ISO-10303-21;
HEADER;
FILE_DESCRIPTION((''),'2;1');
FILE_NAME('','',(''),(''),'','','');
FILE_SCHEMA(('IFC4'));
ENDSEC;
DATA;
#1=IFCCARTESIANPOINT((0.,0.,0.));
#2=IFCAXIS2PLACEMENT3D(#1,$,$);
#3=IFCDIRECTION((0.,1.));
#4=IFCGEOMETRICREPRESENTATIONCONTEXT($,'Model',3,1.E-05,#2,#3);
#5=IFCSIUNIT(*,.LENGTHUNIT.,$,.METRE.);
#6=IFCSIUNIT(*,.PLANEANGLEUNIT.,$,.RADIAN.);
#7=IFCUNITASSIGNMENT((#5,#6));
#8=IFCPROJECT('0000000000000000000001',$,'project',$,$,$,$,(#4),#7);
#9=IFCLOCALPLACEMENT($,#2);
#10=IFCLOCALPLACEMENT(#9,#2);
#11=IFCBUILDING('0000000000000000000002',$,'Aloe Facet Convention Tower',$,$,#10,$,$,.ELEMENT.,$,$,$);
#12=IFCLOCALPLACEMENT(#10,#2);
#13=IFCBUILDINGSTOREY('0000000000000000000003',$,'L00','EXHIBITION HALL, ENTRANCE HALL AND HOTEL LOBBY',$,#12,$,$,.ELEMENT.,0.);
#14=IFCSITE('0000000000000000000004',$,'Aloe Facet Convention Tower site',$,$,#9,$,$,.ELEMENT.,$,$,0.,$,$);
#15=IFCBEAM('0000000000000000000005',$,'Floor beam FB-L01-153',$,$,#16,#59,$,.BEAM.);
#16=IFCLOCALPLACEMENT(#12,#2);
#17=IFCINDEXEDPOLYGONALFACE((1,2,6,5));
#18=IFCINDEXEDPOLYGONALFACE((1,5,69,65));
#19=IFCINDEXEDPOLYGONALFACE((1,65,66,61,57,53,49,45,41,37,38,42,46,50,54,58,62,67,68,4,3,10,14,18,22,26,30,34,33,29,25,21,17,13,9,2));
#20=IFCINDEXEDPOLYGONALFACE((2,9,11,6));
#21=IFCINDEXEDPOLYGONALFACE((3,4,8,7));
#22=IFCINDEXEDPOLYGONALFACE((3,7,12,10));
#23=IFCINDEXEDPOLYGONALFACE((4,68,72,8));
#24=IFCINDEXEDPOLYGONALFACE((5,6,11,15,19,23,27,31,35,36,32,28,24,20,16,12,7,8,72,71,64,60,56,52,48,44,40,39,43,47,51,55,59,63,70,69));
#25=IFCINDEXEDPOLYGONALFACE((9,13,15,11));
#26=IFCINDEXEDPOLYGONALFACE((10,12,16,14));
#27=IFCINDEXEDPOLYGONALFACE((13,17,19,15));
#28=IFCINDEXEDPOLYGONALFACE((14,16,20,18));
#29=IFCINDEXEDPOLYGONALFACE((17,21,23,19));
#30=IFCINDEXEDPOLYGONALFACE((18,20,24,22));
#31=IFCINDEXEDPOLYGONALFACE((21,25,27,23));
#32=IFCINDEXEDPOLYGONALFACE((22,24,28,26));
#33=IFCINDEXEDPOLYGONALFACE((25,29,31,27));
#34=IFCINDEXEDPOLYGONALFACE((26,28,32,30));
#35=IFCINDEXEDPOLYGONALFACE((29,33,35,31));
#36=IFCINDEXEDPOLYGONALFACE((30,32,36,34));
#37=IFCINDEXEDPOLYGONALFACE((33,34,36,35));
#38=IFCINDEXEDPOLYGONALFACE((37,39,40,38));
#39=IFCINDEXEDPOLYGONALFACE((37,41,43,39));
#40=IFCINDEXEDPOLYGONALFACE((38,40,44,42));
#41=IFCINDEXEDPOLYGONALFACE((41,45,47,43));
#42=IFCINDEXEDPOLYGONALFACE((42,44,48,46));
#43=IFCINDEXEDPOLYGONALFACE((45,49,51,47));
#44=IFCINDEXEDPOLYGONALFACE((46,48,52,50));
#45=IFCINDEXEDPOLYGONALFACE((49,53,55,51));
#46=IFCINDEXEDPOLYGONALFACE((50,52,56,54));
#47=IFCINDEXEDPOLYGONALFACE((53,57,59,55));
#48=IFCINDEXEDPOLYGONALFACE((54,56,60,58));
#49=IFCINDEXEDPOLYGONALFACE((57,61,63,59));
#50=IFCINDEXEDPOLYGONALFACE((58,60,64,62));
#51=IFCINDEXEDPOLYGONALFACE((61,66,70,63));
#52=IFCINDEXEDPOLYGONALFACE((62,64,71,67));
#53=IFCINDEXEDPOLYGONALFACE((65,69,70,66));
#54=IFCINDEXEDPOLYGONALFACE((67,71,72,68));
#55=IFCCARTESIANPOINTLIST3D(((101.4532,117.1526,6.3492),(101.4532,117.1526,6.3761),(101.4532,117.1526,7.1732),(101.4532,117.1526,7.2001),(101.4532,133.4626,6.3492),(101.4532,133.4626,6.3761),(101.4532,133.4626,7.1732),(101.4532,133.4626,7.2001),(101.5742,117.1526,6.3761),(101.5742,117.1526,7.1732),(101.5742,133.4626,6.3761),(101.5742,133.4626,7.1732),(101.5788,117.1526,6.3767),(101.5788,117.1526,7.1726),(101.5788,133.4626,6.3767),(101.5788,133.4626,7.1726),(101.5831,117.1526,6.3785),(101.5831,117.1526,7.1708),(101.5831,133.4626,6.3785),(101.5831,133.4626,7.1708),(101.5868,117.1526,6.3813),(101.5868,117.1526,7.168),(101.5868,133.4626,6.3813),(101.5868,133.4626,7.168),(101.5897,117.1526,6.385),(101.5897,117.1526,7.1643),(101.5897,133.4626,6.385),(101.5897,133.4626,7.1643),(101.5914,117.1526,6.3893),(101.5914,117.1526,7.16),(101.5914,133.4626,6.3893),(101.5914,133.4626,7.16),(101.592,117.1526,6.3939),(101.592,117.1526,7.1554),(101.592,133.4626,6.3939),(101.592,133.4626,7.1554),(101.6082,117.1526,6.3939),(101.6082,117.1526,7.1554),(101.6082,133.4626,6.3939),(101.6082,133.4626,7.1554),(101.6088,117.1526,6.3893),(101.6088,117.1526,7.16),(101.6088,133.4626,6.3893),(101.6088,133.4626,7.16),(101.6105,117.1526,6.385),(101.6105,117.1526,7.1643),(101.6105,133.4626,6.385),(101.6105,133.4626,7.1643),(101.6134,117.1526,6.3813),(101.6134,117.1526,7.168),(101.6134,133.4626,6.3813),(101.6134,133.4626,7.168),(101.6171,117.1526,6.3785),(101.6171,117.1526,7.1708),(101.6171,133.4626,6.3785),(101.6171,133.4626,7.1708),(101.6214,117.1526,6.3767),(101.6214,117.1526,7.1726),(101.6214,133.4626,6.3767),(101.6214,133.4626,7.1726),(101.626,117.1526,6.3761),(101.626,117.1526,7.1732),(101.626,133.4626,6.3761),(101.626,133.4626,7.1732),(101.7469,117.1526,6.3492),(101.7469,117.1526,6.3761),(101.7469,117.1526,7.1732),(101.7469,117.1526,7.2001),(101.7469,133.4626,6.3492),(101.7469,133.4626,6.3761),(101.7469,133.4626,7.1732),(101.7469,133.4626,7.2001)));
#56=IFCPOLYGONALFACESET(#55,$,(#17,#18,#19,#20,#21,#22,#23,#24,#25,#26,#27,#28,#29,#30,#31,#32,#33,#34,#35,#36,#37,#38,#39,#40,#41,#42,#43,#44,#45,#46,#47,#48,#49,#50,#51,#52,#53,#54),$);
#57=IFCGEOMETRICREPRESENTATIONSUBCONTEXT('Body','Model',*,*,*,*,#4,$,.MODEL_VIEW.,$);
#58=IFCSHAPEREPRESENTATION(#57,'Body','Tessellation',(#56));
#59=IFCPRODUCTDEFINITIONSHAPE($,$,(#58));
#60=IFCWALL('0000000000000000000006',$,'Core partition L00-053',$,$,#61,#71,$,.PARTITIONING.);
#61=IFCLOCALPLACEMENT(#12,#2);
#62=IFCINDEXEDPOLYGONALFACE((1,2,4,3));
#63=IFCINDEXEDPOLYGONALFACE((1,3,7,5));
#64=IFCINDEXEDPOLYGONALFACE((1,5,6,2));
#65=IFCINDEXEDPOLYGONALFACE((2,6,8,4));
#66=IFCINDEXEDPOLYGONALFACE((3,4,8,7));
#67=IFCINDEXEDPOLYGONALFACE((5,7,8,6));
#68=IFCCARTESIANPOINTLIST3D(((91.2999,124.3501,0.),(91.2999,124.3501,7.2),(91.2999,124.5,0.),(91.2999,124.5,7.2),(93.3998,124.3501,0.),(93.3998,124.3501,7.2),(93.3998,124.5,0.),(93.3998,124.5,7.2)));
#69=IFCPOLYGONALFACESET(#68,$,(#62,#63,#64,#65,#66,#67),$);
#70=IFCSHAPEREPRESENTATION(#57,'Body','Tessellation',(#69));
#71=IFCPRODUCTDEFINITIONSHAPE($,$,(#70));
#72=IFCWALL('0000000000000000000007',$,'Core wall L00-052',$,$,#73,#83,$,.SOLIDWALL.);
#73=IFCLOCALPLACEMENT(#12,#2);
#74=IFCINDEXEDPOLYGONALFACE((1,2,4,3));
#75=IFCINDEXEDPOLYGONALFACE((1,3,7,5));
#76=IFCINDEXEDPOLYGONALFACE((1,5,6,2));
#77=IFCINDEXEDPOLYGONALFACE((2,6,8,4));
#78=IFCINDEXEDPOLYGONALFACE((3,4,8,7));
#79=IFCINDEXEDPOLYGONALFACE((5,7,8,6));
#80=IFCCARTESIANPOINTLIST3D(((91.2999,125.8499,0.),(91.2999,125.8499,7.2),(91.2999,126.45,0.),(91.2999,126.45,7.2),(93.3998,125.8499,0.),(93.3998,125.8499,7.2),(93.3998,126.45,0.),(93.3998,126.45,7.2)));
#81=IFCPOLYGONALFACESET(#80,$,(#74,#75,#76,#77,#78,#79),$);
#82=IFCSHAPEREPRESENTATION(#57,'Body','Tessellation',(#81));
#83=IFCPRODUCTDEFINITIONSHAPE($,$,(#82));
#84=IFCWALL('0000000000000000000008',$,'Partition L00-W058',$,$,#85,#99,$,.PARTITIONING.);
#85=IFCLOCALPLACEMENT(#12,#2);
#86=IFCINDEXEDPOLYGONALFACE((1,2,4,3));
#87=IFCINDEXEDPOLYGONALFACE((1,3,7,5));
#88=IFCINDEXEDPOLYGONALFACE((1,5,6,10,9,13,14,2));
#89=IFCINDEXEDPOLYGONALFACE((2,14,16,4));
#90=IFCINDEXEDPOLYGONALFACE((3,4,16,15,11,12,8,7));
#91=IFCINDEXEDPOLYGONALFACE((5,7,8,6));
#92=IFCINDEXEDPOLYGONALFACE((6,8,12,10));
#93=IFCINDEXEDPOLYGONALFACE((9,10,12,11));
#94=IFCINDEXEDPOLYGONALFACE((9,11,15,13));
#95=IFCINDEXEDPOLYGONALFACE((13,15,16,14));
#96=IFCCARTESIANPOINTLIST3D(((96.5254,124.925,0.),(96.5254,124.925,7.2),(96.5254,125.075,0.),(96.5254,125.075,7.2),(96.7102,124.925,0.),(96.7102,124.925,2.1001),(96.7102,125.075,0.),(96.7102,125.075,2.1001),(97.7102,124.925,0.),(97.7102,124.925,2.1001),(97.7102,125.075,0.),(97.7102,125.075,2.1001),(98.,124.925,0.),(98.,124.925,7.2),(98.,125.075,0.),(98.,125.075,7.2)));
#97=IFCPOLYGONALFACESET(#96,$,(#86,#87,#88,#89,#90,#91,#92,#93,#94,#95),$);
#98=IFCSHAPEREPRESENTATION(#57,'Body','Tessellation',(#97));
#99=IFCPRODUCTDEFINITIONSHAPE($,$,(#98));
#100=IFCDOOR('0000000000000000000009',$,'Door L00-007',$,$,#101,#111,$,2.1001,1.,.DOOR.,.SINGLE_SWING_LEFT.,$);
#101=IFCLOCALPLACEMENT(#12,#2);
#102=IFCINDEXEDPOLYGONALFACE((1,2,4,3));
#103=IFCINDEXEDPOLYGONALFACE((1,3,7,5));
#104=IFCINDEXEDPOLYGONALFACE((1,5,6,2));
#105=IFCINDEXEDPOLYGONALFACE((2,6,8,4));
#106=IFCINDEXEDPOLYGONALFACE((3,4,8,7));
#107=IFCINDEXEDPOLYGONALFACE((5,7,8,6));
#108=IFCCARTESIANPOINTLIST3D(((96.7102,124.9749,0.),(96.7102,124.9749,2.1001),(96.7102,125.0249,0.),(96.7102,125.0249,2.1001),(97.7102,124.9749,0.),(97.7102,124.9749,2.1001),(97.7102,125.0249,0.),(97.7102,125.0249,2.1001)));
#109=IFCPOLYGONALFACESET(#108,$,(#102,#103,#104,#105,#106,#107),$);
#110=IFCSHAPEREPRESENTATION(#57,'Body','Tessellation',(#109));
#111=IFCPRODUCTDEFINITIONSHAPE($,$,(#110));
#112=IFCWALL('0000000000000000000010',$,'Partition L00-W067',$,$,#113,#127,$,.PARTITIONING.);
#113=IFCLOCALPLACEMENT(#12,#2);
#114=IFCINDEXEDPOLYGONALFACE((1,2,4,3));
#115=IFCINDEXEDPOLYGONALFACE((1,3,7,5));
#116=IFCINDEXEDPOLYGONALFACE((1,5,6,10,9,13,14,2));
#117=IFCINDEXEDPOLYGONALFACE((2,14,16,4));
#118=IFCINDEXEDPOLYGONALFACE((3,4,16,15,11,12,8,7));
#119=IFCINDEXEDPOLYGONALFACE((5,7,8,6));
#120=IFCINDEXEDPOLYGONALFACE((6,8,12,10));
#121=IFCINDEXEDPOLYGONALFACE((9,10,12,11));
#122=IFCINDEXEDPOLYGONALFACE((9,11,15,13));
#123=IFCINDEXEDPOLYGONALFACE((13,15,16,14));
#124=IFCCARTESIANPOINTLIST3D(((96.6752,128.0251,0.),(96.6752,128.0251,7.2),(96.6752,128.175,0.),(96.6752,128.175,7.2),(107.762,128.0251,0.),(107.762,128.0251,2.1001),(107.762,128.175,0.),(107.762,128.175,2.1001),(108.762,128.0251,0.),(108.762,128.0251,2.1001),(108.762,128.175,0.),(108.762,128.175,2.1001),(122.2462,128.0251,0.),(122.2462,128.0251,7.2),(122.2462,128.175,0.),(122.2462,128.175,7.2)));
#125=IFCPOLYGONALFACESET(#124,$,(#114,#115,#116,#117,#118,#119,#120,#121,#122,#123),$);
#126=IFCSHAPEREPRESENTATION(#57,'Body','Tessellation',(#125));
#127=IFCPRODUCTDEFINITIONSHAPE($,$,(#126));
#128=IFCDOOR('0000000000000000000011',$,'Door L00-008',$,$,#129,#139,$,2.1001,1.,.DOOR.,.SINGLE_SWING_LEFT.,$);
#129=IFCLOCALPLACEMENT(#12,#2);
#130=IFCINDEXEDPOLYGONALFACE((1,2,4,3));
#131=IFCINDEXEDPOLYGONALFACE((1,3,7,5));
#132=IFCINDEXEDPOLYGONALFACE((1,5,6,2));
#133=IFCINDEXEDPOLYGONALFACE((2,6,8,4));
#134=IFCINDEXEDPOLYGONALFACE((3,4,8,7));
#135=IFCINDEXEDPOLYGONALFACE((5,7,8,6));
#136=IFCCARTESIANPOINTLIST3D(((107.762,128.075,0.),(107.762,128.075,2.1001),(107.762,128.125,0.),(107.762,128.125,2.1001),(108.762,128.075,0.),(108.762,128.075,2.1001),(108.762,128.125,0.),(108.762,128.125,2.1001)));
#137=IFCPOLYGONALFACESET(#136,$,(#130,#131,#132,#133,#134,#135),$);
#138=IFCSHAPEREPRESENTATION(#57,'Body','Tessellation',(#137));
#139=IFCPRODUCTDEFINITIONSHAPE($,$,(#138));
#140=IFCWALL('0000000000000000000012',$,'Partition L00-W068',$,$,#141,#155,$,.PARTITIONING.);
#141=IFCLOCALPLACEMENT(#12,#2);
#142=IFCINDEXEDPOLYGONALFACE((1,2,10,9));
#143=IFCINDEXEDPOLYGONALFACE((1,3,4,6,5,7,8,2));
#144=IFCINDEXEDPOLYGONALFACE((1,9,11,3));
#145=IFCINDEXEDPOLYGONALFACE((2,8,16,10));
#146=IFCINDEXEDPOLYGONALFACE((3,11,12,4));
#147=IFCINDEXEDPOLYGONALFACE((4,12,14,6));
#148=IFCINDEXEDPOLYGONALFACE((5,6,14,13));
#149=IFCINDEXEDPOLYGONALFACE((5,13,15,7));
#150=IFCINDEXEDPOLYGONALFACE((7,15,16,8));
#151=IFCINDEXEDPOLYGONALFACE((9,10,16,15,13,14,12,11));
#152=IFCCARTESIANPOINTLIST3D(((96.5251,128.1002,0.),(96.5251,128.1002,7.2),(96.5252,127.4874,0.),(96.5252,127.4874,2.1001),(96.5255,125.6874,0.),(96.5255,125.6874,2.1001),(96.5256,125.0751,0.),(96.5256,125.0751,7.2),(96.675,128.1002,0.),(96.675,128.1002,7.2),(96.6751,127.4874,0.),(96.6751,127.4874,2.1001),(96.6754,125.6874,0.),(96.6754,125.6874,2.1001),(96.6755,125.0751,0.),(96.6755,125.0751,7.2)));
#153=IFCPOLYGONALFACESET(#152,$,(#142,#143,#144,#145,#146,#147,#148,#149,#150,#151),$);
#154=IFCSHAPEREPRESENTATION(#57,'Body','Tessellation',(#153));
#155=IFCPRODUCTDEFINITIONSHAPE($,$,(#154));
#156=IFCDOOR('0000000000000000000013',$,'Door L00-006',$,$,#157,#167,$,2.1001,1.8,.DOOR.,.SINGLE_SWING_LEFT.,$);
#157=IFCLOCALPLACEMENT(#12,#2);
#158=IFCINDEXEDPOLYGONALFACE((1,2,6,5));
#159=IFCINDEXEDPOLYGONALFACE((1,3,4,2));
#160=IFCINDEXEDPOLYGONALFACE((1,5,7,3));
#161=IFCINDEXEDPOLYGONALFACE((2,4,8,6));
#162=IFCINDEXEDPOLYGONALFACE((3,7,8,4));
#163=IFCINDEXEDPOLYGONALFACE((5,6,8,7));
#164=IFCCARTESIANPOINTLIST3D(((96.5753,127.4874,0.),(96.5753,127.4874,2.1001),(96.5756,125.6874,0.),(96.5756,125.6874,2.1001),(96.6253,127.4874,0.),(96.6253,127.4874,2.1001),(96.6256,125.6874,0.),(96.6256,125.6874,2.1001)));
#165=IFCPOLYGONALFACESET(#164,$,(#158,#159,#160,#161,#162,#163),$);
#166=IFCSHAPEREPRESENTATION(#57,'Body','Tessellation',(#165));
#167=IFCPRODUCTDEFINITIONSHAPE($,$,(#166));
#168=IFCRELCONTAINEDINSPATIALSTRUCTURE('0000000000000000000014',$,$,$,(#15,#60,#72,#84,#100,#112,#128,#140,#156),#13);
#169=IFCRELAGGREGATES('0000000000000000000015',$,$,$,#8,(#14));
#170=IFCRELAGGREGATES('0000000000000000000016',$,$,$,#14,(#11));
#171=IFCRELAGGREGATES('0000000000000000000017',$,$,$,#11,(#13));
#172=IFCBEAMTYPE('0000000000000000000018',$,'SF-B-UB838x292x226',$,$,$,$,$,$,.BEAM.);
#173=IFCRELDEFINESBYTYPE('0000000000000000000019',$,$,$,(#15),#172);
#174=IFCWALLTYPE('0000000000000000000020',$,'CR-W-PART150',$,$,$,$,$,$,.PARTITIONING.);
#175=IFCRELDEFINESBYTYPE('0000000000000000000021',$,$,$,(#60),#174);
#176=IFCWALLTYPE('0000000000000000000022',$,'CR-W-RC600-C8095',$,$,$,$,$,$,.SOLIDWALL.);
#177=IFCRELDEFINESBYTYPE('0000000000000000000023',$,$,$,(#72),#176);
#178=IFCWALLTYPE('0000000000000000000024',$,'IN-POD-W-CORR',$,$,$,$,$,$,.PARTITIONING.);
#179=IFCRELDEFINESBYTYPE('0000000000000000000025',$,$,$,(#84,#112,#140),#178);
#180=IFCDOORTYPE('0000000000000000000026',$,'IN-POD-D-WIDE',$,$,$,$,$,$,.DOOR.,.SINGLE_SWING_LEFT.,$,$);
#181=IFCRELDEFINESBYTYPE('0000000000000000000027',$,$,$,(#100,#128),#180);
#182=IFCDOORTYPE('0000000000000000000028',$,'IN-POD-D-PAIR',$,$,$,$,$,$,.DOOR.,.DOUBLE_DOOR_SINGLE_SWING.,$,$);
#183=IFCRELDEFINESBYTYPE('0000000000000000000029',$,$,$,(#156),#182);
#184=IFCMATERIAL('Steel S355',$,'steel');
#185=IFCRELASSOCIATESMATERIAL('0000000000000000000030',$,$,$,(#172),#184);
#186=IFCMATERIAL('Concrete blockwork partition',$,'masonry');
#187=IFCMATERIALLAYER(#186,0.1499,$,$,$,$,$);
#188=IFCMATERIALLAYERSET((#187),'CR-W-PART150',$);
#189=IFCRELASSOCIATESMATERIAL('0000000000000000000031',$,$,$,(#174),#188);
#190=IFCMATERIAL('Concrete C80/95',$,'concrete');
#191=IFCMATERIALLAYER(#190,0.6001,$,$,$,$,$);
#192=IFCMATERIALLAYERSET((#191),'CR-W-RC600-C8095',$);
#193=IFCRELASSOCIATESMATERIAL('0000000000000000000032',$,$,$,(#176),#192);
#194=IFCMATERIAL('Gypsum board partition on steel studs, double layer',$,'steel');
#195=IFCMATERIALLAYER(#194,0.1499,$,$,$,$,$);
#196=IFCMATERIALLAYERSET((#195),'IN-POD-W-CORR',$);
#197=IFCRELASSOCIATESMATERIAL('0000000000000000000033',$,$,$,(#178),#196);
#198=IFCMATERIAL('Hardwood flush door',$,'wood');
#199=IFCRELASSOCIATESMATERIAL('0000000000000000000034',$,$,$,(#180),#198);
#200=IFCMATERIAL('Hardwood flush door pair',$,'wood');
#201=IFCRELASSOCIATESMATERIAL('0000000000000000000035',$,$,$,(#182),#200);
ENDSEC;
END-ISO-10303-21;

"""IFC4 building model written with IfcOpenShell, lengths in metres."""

from ifc_helpers import new_model, si_unit, direction, frame, frame_2d, origin, origin_2d, place, context, subcontext, project, spatial, rectangle, i_section, extrude, material, layer, layer_set, material_profile, profile_set, type_object, element, fill, save


model = new_model("IFC4")

# Units and contexts
model_context = context("Model", 3, precision=1e-05, world=origin(), true_north=direction((0.0, 1.0)))
body_context = subcontext(model_context, "Body", "Model", "MODEL_VIEW")
ifc_project = project(units=[si_unit("LENGTHUNIT", "METRE"), si_unit("PLANEANGLEUNIT", "RADIAN")], contexts=[model_context])

# Site, building, storey
site_placement = place(None, origin())
site = spatial("IfcSite", under=ifc_project, at=site_placement, Name="Aloe Facet Convention Tower site", CompositionType="ELEMENT", RefElevation=0.0)
building_placement = place(site_placement, origin())
building = spatial("IfcBuilding", under=site, at=building_placement, Name="Aloe Facet Convention Tower", CompositionType="ELEMENT")
storey_placement = place(building_placement, origin())
storey = spatial("IfcBuildingStorey", under=building, at=storey_placement, Name="L00", Description="EXHIBITION HALL, ENTRANCE HALL AND HOTEL LOBBY", CompositionType="ELEMENT", Elevation=0.0)

# Beam
ifc_material_1 = material(Name="Steel S355", Category="steel")
ifc_material_profile_1 = material_profile(ifc_material_1, i_section(OverallWidth=0.2937, OverallDepth=0.8508, WebThickness=0.0161, FlangeThickness=0.0269, FilletRadius=0.0178, at=origin_2d()), Name="UB 838x292x226")
ifc_profile_set_1 = profile_set([ifc_material_profile_1], Name="Steel S355")
beam_type_1 = type_object("IfcBeamType", Name="SF-B-UB838x292x226", PredefinedType="BEAM", material=ifc_profile_set_1)
for number, where, z_axis, x_axis, name in (
    (1, (101.6001, 117.1526, 6.7747), (0.0, 1.0, 0.0), (-1.0, 0.0, 0.0), "Floor beam FB-L01-153"),
):
    element("IfcBeam", number, at=place(storey_placement, frame(where, z_axis=z_axis, x_axis=x_axis)), inside=storey, type_object=beam_type_1, Name=name, PredefinedType="BEAM", context=body_context, shape_type="SweptSolid", body=[
        extrude(i_section(OverallWidth=0.2937, OverallDepth=0.8508, WebThickness=0.0161, FlangeThickness=0.0269, FilletRadius=0.0178, at=origin_2d()), origin(), (0.0, 0.0, 1.0), 16.3101),
    ])

# Walls
ifc_material_2 = material(Name="Concrete blockwork partition", Category="masonry")
ifc_layer_1 = layer(ifc_material_2, 0.1499)
ifc_layer_set_1 = layer_set([ifc_layer_1], Name="CR-W-PART150")
wall_type_1 = type_object("IfcWallType", Name="CR-W-PART150", PredefinedType="PARTITIONING", material=ifc_layer_set_1)
wall_1_placement = place(storey_placement, frame((91.3, 124.425, 0.0), z_axis=(0.0, 0.0, 1.0), x_axis=(1.0, 0.0, 0.0)))
element("IfcWall", 2, at=wall_1_placement, inside=storey, type_object=wall_type_1, Name="Core partition L00-053", PredefinedType="PARTITIONING", context=body_context, shape_type="SweptSolid", body=[
    extrude(rectangle(XDim=2.0999, YDim=0.1499, at=frame_2d((1.0498, 0.0))), origin(), (0.0, 0.0, 1.0), 7.2),
])
ifc_material_3 = material(Name="Concrete C80/95", Category="concrete")
ifc_layer_2 = layer(ifc_material_3, 0.6001)
ifc_layer_set_2 = layer_set([ifc_layer_2], Name="CR-W-RC600-C8095")
wall_type_2 = type_object("IfcWallType", Name="CR-W-RC600-C8095", PredefinedType="SOLIDWALL", material=ifc_layer_set_2)
wall_2_placement = place(storey_placement, frame((91.3, 126.1499, 0.0), z_axis=(0.0, 0.0, 1.0), x_axis=(1.0, 0.0, 0.0)))
element("IfcWall", 3, at=wall_2_placement, inside=storey, type_object=wall_type_2, Name="Core wall L00-052", PredefinedType="SOLIDWALL", context=body_context, shape_type="SweptSolid", body=[
    extrude(rectangle(XDim=2.0999, YDim=0.6001, at=frame_2d((1.0498, 0.0))), origin(), (0.0, 0.0, 1.0), 7.2),
])

# Walls, openings, doors
ifc_material_4 = material(Name="Gypsum board partition on steel studs, double layer", Category="steel")
ifc_layer_3 = layer(ifc_material_4, 0.1499)
ifc_layer_set_3 = layer_set([ifc_layer_3], Name="IN-POD-W-CORR")
wall_type_3 = type_object("IfcWallType", Name="IN-POD-W-CORR", PredefinedType="PARTITIONING", material=ifc_layer_set_3)
wall_3_placement = place(storey_placement, frame((96.5254, 125.0, 0.0), z_axis=(0.0, 0.0, 1.0), x_axis=(1.0, 0.0, 0.0)))
wall_3 = element("IfcWall", 4, at=wall_3_placement, inside=storey, type_object=wall_type_3, Name="Partition L00-W058", PredefinedType="PARTITIONING", context=body_context, shape_type="SweptSolid", body=[
    extrude(rectangle(XDim=1.4746, YDim=0.1499, at=frame_2d((0.7373, 0.0))), origin(), (0.0, 0.0, 1.0), 7.2),
])
opening_1_placement = place(wall_3_placement, frame((0.1848, 0.0, 0.0)))
opening_1 = element("IfcOpeningElement", 5, at=opening_1_placement, cuts=wall_3, PredefinedType="OPENING", context=body_context, shape_type="SweptSolid", body=[
    extrude(rectangle(XDim=1.0, YDim=2.1001, at=frame_2d((0.5, 1.05))), frame((0.0, 0.085, 0.0), z_axis=(0.0, -1.0, 0.0), x_axis=(1.0, 0.0, 0.0)), (0.0, 0.0, 1.0), 0.1699),
])
ifc_material_5 = material(Name="Hardwood flush door", Category="wood")
door_type_1 = type_object("IfcDoorType", Name="IN-POD-D-WIDE", OperationType="SINGLE_SWING_LEFT", PredefinedType="DOOR", material=ifc_material_5)
door_1_placement = place(opening_1_placement, origin())
door_1 = element("IfcDoor", 6, at=door_1_placement, inside=storey, type_object=door_type_1, Name="Door L00-007", OperationType="SINGLE_SWING_LEFT", OverallHeight=2.1001, OverallWidth=1.0, PredefinedType="DOOR", context=body_context, shape_type="SweptSolid", body=[
    extrude(rectangle(XDim=1.0, YDim=2.1001, at=frame_2d((0.5, 1.05))), frame((0.0, 0.0249, 0.0), z_axis=(0.0, -1.0, 0.0), x_axis=(1.0, 0.0, 0.0)), (0.0, 0.0, 1.0), 0.05),
])
fill(opening_1, door_1)
wall_4_placement = place(storey_placement, frame((96.675, 128.1001, 0.0), z_axis=(0.0, 0.0, 1.0), x_axis=(1.0, 0.0, 0.0)))
wall_4 = element("IfcWall", 7, at=wall_4_placement, inside=storey, type_object=wall_type_3, Name="Partition L00-W067", PredefinedType="PARTITIONING", context=body_context, shape_type="SweptSolid", body=[
    extrude(rectangle(XDim=25.571, YDim=0.1499, at=frame_2d((12.7856, 0.0))), origin(), (0.0, 0.0, 1.0), 7.2),
])
opening_2_placement = place(wall_4_placement, frame((11.0869, 0.0, 0.0)))
opening_2 = element("IfcOpeningElement", 8, at=opening_2_placement, cuts=wall_4, PredefinedType="OPENING", context=body_context, shape_type="SweptSolid", body=[
    extrude(rectangle(XDim=1.0, YDim=2.1001, at=frame_2d((0.5, 1.05))), frame((0.0, 0.085, 0.0), z_axis=(0.0, -1.0, 0.0), x_axis=(1.0, 0.0, 0.0)), (0.0, 0.0, 1.0), 0.1699),
])
door_2_placement = place(opening_2_placement, origin())
door_2 = element("IfcDoor", 9, at=door_2_placement, inside=storey, type_object=door_type_1, Name="Door L00-008", OperationType="SINGLE_SWING_LEFT", OverallHeight=2.1001, OverallWidth=1.0, PredefinedType="DOOR", context=body_context, shape_type="SweptSolid", body=[
    extrude(rectangle(XDim=1.0, YDim=2.1001, at=frame_2d((0.5, 1.05))), frame((0.0, 0.0249, 0.0), z_axis=(0.0, -1.0, 0.0), x_axis=(1.0, 0.0, 0.0)), (0.0, 0.0, 1.0), 0.05),
])
fill(opening_2, door_2)
wall_5_placement = place(storey_placement, frame((96.6006, 125.075, 0.0), z_axis=(0.0, 0.0, 1.0), x_axis=(-0.000161, 1.0, 0.0)))
wall_5 = element("IfcWall", 10, at=wall_5_placement, inside=storey, type_object=wall_type_3, Name="Partition L00-W068", PredefinedType="PARTITIONING", context=body_context, shape_type="SweptSolid", body=[
    extrude(rectangle(XDim=3.0251, YDim=0.1499, at=frame_2d((1.5127, 0.0))), origin(), (0.0, 0.0, 1.0), 7.2),
])
opening_3_placement = place(wall_5_placement, frame((0.6125, 0.0, 0.0)))
opening_3 = element("IfcOpeningElement", 11, at=opening_3_placement, cuts=wall_5, PredefinedType="OPENING", context=body_context, shape_type="SweptSolid", body=[
    extrude(rectangle(XDim=1.8, YDim=2.1001, at=frame_2d((0.8999, 1.05))), frame((0.0, 0.085, 0.0), z_axis=(0.0, -1.0, 0.0), x_axis=(1.0, 0.0, 0.0)), (0.0, 0.0, 1.0), 0.1699),
])
ifc_material_6 = material(Name="Hardwood flush door pair", Category="wood")
door_type_2 = type_object("IfcDoorType", Name="IN-POD-D-PAIR", OperationType="DOUBLE_DOOR_SINGLE_SWING", PredefinedType="DOOR", material=ifc_material_6)
door_3_placement = place(opening_3_placement, origin())
door_3 = element("IfcDoor", 12, at=door_3_placement, inside=storey, type_object=door_type_2, Name="Door L00-006", OperationType="SINGLE_SWING_LEFT", OverallHeight=2.1001, OverallWidth=1.8, PredefinedType="DOOR", context=body_context, shape_type="SweptSolid", body=[
    extrude(rectangle(XDim=1.8, YDim=2.1001, at=frame_2d((0.8999, 1.05))), frame((0.0, 0.0249, 0.0), z_axis=(0.0, -1.0, 0.0), x_axis=(1.0, 0.0, 0.0)), (0.0, 0.0, 1.0), 0.05),
])
fill(opening_3, door_3)

save(model, "model.ifc")
